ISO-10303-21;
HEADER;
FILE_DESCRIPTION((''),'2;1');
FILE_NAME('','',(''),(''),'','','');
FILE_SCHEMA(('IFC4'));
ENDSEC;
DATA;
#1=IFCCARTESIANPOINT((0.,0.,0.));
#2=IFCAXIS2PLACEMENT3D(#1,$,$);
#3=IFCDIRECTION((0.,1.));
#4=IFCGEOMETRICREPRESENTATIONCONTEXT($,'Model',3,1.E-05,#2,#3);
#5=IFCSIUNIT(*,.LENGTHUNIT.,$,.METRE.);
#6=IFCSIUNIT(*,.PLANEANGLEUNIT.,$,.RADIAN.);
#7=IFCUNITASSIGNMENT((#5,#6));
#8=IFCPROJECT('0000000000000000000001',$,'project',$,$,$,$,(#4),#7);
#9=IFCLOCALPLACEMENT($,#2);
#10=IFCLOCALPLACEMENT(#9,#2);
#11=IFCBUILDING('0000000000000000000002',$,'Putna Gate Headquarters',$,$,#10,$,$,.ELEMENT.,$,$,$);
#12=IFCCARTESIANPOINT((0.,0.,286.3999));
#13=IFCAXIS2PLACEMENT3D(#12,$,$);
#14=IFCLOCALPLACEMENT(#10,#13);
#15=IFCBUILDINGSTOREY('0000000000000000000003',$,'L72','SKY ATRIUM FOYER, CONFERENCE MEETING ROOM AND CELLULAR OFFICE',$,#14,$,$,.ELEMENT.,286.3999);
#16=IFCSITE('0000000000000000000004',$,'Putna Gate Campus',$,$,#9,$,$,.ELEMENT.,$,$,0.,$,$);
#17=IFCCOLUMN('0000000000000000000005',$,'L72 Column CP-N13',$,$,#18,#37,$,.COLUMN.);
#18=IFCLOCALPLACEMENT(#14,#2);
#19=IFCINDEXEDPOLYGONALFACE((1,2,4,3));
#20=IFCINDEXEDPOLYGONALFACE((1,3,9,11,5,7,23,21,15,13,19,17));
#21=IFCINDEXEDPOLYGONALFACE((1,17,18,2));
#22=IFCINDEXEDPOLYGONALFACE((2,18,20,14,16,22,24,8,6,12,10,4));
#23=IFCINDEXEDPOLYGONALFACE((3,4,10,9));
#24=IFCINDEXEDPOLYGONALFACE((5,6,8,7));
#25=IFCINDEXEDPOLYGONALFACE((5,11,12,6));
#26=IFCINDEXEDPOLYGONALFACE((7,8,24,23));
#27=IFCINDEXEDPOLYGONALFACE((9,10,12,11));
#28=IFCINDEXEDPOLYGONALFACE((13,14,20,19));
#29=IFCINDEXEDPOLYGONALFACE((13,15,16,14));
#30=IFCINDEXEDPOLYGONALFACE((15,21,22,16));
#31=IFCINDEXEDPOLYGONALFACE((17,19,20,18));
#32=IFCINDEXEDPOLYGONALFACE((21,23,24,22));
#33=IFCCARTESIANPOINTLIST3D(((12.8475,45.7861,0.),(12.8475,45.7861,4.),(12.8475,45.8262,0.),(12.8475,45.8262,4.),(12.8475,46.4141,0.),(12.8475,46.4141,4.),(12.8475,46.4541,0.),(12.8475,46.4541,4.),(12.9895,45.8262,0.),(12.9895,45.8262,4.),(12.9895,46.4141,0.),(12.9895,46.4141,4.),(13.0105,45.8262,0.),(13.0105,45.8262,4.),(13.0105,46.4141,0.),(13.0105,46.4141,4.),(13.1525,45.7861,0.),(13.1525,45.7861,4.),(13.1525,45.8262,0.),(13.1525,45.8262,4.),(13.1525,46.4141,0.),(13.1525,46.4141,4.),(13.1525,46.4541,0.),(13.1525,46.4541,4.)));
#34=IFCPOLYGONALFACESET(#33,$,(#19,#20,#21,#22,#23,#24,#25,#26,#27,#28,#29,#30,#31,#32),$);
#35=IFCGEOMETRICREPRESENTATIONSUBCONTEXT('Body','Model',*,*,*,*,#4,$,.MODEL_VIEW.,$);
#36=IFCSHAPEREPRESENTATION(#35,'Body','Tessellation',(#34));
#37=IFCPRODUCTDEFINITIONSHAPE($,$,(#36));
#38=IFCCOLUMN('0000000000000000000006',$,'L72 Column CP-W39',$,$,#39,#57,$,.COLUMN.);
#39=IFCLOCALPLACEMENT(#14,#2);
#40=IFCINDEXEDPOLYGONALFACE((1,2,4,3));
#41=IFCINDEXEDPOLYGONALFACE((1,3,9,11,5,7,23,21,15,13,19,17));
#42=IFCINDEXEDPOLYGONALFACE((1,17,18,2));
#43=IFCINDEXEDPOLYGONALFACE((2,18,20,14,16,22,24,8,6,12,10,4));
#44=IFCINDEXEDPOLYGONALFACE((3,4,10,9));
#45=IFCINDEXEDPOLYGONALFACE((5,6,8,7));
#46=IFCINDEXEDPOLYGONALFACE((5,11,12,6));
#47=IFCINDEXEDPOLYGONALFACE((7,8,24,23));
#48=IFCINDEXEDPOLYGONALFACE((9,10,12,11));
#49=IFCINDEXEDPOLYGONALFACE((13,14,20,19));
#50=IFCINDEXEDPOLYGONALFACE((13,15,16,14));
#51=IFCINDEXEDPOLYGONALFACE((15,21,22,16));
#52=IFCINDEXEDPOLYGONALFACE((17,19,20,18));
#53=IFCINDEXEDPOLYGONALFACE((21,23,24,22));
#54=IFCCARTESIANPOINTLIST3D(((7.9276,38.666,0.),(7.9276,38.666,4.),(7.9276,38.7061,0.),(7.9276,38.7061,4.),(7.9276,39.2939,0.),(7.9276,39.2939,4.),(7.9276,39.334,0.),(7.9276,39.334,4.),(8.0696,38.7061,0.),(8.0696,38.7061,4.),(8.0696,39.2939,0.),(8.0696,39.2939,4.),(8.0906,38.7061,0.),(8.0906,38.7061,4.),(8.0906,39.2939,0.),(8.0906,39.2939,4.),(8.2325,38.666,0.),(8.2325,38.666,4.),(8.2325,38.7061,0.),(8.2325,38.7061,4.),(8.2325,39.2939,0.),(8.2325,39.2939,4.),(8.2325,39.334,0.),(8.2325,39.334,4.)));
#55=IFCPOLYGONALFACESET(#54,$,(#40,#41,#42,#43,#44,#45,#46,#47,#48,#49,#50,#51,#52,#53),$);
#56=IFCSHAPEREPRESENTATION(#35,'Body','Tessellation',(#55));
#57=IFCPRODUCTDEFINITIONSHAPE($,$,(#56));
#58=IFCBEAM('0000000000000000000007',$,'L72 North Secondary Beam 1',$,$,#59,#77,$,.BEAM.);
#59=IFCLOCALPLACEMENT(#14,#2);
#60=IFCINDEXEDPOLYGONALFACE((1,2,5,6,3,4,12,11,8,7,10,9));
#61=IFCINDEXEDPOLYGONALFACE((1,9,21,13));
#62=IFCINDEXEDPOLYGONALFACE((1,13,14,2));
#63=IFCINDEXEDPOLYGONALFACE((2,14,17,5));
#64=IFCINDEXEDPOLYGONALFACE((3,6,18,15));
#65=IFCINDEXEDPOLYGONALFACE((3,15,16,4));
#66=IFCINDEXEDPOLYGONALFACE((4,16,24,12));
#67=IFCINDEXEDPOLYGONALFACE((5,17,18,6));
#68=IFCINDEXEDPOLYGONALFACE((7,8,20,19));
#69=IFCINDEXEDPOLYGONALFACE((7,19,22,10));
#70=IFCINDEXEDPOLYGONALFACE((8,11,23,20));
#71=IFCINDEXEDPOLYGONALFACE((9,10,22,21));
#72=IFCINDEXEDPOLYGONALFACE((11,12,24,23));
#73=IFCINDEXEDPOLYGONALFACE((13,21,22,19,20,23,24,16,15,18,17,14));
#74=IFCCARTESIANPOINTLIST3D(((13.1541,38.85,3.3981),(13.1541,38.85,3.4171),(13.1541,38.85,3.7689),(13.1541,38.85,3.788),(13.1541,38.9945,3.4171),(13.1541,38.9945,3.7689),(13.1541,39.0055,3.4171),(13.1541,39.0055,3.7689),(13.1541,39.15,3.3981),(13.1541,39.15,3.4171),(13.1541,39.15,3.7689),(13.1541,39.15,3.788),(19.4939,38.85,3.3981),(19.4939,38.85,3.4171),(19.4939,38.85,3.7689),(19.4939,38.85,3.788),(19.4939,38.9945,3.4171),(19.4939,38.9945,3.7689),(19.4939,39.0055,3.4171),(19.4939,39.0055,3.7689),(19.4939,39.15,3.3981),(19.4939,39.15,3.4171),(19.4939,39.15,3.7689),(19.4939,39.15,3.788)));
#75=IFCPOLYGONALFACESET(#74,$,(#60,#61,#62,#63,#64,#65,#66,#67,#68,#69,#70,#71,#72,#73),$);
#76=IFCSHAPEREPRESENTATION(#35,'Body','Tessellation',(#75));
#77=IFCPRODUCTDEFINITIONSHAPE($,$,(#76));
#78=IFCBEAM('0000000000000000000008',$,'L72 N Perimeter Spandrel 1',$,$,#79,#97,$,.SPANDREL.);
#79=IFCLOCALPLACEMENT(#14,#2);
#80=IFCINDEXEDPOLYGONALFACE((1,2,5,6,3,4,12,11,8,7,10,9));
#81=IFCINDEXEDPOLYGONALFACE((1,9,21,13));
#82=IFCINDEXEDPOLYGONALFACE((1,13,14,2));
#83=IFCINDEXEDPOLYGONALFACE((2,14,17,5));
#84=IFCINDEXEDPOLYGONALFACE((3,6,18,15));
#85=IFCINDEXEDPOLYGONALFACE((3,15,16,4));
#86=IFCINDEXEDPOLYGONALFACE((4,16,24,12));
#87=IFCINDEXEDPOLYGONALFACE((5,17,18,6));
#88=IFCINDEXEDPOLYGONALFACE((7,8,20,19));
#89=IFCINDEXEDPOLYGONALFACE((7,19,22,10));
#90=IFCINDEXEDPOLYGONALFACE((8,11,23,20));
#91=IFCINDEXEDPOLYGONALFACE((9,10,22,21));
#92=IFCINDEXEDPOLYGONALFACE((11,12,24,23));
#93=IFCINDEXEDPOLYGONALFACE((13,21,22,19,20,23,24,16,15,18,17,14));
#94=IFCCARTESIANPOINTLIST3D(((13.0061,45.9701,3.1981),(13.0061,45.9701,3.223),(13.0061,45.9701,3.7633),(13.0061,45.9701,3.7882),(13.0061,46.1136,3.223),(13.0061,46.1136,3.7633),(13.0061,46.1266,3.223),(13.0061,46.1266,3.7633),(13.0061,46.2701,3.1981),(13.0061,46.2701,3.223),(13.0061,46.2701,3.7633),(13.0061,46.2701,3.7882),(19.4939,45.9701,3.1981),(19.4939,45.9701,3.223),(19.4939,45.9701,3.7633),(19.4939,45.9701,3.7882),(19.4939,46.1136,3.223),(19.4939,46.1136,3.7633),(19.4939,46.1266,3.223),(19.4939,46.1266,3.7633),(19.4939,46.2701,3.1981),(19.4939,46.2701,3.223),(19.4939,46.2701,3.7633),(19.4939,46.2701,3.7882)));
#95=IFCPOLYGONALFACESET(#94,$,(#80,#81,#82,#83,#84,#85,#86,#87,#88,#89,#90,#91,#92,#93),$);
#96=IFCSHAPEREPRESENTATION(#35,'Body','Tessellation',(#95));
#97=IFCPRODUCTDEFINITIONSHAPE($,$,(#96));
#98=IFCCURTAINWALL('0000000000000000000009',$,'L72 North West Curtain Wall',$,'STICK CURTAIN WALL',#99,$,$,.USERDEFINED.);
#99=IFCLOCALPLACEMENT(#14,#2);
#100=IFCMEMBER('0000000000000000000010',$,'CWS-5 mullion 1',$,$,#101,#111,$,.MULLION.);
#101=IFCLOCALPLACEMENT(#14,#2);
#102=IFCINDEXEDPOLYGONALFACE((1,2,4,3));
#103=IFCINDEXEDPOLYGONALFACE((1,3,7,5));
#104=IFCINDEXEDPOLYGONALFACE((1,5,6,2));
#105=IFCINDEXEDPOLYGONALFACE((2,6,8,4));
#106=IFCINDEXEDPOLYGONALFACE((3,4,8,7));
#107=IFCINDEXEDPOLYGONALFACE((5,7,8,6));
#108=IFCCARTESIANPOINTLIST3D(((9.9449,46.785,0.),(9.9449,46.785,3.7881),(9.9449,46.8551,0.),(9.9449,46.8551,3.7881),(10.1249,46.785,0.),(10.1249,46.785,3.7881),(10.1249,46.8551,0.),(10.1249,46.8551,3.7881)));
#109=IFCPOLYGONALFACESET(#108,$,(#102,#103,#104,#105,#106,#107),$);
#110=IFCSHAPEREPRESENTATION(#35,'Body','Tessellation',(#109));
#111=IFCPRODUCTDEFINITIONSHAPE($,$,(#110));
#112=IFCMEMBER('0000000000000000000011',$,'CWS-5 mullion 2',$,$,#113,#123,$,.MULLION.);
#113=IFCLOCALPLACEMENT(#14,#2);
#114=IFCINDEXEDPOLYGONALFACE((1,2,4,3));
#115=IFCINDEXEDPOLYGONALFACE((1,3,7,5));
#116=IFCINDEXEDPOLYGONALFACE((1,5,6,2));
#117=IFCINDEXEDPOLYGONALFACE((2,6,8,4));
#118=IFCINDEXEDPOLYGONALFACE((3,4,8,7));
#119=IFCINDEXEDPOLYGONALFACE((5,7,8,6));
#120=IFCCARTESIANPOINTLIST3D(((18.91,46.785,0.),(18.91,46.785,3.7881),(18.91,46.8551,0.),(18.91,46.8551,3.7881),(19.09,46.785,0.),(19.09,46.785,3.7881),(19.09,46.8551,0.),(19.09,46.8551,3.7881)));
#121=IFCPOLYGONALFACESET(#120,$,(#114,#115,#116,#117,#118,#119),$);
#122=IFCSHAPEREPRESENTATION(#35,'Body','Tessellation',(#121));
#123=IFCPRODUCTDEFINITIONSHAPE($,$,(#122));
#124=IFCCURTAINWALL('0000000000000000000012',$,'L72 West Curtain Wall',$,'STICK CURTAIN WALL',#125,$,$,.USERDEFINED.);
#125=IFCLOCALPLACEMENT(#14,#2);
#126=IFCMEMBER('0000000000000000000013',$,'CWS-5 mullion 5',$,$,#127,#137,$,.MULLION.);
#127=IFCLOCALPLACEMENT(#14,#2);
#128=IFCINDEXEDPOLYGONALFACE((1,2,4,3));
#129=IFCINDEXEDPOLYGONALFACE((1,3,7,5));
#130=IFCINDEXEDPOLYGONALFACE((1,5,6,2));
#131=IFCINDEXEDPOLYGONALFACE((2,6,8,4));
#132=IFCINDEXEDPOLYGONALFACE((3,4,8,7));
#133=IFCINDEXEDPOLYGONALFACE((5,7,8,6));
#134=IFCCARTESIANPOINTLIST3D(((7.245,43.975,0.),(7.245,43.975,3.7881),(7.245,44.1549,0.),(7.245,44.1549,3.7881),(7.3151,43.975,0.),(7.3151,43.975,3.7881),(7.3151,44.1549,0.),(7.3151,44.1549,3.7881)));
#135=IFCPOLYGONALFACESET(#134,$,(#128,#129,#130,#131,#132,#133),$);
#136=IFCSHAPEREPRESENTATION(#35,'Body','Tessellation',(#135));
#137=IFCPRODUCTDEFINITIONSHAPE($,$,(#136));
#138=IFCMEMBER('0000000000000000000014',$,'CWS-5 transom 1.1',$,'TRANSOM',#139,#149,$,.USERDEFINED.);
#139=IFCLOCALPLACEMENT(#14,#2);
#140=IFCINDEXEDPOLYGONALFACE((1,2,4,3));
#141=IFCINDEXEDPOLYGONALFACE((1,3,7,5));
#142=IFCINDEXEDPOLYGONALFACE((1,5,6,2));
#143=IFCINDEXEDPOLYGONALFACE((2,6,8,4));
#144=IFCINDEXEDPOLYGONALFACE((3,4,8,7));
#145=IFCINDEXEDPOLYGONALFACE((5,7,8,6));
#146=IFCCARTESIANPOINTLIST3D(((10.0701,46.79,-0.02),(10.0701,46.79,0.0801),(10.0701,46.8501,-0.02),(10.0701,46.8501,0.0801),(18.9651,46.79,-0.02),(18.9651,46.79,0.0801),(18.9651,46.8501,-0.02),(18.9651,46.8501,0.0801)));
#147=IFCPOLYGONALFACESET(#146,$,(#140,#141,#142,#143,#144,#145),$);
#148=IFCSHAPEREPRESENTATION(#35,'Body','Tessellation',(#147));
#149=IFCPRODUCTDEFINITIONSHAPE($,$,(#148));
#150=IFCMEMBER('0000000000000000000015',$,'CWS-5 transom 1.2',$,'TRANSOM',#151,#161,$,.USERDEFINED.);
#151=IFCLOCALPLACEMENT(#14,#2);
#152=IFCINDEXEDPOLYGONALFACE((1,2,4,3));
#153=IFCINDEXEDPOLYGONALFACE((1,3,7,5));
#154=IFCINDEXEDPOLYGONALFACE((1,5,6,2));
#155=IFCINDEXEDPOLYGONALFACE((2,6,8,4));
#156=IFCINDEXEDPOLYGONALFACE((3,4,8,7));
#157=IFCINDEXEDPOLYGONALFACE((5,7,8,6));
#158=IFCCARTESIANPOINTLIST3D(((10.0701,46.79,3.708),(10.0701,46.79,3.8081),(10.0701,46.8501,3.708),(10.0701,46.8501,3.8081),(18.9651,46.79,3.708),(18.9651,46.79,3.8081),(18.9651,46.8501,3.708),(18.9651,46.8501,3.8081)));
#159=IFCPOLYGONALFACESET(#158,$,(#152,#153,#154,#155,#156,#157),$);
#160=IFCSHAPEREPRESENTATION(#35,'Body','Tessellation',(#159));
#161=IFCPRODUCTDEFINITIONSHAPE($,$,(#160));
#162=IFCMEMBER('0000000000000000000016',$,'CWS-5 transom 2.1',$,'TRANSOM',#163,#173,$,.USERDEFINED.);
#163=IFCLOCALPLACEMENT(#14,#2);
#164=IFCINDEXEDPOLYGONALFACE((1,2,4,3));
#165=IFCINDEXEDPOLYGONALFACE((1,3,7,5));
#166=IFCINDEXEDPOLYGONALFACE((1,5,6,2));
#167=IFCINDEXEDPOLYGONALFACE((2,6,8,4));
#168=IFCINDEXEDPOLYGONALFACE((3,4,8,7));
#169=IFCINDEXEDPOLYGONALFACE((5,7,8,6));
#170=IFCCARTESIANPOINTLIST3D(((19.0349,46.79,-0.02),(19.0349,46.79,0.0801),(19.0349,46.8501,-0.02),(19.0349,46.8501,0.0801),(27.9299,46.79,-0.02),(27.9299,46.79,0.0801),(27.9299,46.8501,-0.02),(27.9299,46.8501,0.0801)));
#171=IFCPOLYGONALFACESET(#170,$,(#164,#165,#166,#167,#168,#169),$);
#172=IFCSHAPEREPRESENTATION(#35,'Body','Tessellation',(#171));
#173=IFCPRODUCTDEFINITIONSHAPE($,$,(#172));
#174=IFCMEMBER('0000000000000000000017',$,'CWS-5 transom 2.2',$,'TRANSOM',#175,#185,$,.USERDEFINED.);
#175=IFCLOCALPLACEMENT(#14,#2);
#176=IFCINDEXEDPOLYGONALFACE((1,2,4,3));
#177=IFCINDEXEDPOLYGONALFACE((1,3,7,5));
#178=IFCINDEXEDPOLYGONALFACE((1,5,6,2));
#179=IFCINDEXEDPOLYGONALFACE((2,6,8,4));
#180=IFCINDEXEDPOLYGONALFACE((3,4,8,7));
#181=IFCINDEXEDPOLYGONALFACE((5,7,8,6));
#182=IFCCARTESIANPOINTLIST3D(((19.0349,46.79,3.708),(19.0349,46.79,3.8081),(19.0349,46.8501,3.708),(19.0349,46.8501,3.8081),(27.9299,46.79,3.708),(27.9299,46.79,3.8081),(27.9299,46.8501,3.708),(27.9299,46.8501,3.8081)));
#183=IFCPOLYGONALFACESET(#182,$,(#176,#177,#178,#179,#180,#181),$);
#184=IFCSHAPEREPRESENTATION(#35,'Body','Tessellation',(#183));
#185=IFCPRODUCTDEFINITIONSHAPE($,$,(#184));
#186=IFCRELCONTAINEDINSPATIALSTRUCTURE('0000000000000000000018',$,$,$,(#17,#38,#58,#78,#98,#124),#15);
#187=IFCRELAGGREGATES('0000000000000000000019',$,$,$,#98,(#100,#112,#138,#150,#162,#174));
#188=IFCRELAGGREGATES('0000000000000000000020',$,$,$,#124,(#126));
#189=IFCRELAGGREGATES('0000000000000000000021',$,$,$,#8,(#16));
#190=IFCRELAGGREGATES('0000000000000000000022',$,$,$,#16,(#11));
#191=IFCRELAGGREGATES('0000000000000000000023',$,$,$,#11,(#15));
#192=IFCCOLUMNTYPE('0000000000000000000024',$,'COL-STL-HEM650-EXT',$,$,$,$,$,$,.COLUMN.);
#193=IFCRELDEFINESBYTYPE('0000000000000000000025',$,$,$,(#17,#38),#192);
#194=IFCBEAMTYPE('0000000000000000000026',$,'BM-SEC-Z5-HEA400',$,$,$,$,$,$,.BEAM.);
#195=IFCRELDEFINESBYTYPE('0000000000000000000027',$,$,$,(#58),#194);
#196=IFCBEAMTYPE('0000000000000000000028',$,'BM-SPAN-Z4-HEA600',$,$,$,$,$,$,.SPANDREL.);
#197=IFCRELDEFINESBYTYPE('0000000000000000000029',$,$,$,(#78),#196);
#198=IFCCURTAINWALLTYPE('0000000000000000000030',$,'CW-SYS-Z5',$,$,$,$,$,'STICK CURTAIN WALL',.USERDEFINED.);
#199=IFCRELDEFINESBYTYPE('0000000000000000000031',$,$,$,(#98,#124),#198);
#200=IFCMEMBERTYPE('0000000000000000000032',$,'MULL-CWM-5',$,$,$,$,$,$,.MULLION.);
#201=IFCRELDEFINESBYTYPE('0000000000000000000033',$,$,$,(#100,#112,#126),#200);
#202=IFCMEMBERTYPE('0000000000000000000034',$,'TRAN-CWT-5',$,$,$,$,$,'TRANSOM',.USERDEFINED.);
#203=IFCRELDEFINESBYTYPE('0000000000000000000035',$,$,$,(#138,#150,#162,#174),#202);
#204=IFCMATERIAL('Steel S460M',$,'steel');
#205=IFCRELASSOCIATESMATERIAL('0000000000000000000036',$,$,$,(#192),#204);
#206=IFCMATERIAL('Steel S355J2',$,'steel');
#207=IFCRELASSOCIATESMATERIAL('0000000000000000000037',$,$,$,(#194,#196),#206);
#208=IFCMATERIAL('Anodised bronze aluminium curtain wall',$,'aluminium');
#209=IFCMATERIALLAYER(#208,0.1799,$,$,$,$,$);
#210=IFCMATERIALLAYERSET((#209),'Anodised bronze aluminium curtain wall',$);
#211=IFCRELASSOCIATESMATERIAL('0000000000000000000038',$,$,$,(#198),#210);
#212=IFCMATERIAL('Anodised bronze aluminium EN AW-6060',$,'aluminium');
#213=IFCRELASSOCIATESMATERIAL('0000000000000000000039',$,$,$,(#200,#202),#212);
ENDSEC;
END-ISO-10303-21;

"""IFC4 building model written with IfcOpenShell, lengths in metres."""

from ifc_helpers import new_model, si_unit, direction, frame, origin, origin_2d, place, context, subcontext, project, spatial, rectangle, i_section, extrude, material, layer, layer_set, material_profile, profile_set, type_object, element, aggregate, save


model = new_model("IFC4")

# Units and contexts
model_context = context("Model", 3, precision=1e-05, world=origin(), true_north=direction((0.0, 1.0)))
body_context = subcontext(model_context, "Body", "Model", "MODEL_VIEW")
ifc_project = project(units=[si_unit("LENGTHUNIT", "METRE"), si_unit("PLANEANGLEUNIT", "RADIAN")], contexts=[model_context])

# Site, building, storey
site_placement = place(None, origin())
site = spatial("IfcSite", under=ifc_project, at=site_placement, Name="Putna Gate Campus", CompositionType="ELEMENT", RefElevation=0.0)
building_placement = place(site_placement, origin())
building = spatial("IfcBuilding", under=site, at=building_placement, Name="Putna Gate Headquarters", CompositionType="ELEMENT")
storey_placement = place(building_placement, frame((0.0, 0.0, 286.3999)))
storey = spatial("IfcBuildingStorey", under=building, at=storey_placement, Name="L72", Description="SKY ATRIUM FOYER, CONFERENCE MEETING ROOM AND CELLULAR OFFICE", CompositionType="ELEMENT", Elevation=286.3999)

# Columns
ifc_material_1 = material(Name="Steel S460M", Category="steel")
ifc_material_profile_1 = material_profile(ifc_material_1, i_section(OverallWidth=0.3049, OverallDepth=0.668, WebThickness=0.021, FlangeThickness=0.04, at=origin_2d()), Name="Steel S460M")
ifc_profile_set_1 = profile_set([ifc_material_profile_1], Name="Steel S460M")
column_type = type_object("IfcColumnType", Name="COL-STL-HEM650-EXT", PredefinedType="COLUMN", material=ifc_profile_set_1)
for number, where, z_axis, x_axis, name in (
    (1, (13.0, 46.1201, 0.0), (0.0, 0.0, 1.0), (1.0, 0.0, 0.0), "L72 Column CP-N13"),
    (2, (8.0801, 39.0, 0.0), (0.0, 0.0, 1.0), (1.0, 0.0, 0.0), "L72 Column CP-W39"),
):
    element("IfcColumn", number, at=place(storey_placement, frame(where, z_axis=z_axis, x_axis=x_axis)), inside=storey, type_object=column_type, Name=name, PredefinedType="COLUMN", context=body_context, shape_type="SweptSolid", body=[
        extrude(i_section(OverallWidth=0.3049, OverallDepth=0.668, WebThickness=0.021, FlangeThickness=0.04, at=origin_2d()), origin(), (0.0, 0.0, 1.0), 4.0),
    ])

# Beams
ifc_material_2 = material(Name="Steel S355J2", Category="steel")
ifc_material_profile_2 = material_profile(ifc_material_2, i_section(OverallWidth=0.3, OverallDepth=0.3899, WebThickness=0.011, FlangeThickness=0.019, at=origin_2d()), Name="Steel S355J2")
ifc_profile_set_2 = profile_set([ifc_material_profile_2], Name="Steel S355J2")
beam_type_1 = type_object("IfcBeamType", Name="BM-SEC-Z5-HEA400", PredefinedType="BEAM", material=ifc_profile_set_2)
beam_1_placement = place(storey_placement, frame((13.1541, 39.0, 3.593), z_axis=(1.0, 0.0, 0.0), x_axis=(0.0, 1.0, 0.0)))
element("IfcBeam", 3, at=beam_1_placement, inside=storey, type_object=beam_type_1, Name="L72 North Secondary Beam 1", PredefinedType="BEAM", context=body_context, shape_type="SweptSolid", body=[
    extrude(i_section(OverallWidth=0.3, OverallDepth=0.3899, WebThickness=0.011, FlangeThickness=0.019, at=origin_2d()), origin(), (0.0, 0.0, 1.0), 6.3398),
])
ifc_material_profile_3 = material_profile(ifc_material_2, i_section(OverallWidth=0.3, OverallDepth=0.5901, WebThickness=0.0129, FlangeThickness=0.0249, at=origin_2d()), Name="Steel S355J2")
ifc_profile_set_3 = profile_set([ifc_material_profile_3], Name="Steel S355J2")
beam_type_2 = type_object("IfcBeamType", Name="BM-SPAN-Z4-HEA600", PredefinedType="SPANDREL", material=ifc_profile_set_3)
beam_2_placement = place(storey_placement, frame((13.0061, 46.1201, 3.4932), z_axis=(1.0, 0.0, 0.0), x_axis=(0.0, 1.0, 0.0)))
element("IfcBeam", 4, at=beam_2_placement, inside=storey, type_object=beam_type_2, Name="L72 N Perimeter Spandrel 1", PredefinedType="SPANDREL", context=body_context, shape_type="SweptSolid", body=[
    extrude(i_section(OverallWidth=0.3, OverallDepth=0.5901, WebThickness=0.0129, FlangeThickness=0.0249, at=origin_2d()), origin(), (0.0, 0.0, 1.0), 6.4878),
])

# Curtain wall, members
ifc_material_3 = material(Name="Anodised bronze aluminium curtain wall", Category="aluminium")
ifc_layer_1 = layer(ifc_material_3, 0.1799)
ifc_layer_set_1 = layer_set([ifc_layer_1], Name="Anodised bronze aluminium curtain wall")
curtain_wall_type = type_object("IfcCurtainWallType", Name="CW-SYS-Z5", ElementType="STICK CURTAIN WALL", PredefinedType="USERDEFINED", material=ifc_layer_set_1)
curtain_wall_1_placement = place(storey_placement, origin())
curtain_wall_1 = element("IfcCurtainWall", 5, at=curtain_wall_1_placement, inside=storey, type_object=curtain_wall_type, Name="L72 North West Curtain Wall", ObjectType="STICK CURTAIN WALL", PredefinedType="USERDEFINED")
ifc_material_4 = material(Name="Anodised bronze aluminium EN AW-6060", Category="aluminium")
ifc_material_profile_4 = material_profile(ifc_material_4, rectangle(XDim=0.0701, YDim=0.1799, at=origin_2d()), Name="Anodised bronze aluminium EN AW-6060")
ifc_profile_set_4 = profile_set([ifc_material_profile_4], Name="Anodised bronze aluminium EN AW-6060")
member_type_1 = type_object("IfcMemberType", Name="MULL-CWM-5", PredefinedType="MULLION", material=ifc_profile_set_4)
member_1_placement = place(storey_placement, frame((10.0349, 46.8201, 0.0), z_axis=(0.0, 0.0, 1.0), x_axis=(0.0, 1.0, 0.0)))
member_1 = element("IfcMember", 6, at=member_1_placement, type_object=member_type_1, Name="CWS-5 mullion 1", PredefinedType="MULLION", context=body_context, shape_type="SweptSolid", body=[
    extrude(rectangle(XDim=0.0701, YDim=0.1799, at=origin_2d()), origin(), (0.0, 0.0, 1.0), 3.7881),
])
member_2_placement = place(storey_placement, frame((19.0, 46.8201, 0.0), z_axis=(0.0, 0.0, 1.0), x_axis=(0.0, 1.0, 0.0)))
member_2 = element("IfcMember", 7, at=member_2_placement, type_object=member_type_1, Name="CWS-5 mullion 2", PredefinedType="MULLION", context=body_context, shape_type="SweptSolid", body=[
    extrude(rectangle(XDim=0.0701, YDim=0.1799, at=origin_2d()), origin(), (0.0, 0.0, 1.0), 3.7881),
])

# Curtain wall, member
curtain_wall_2_placement = place(storey_placement, origin())
curtain_wall_2 = element("IfcCurtainWall", 8, at=curtain_wall_2_placement, inside=storey, type_object=curtain_wall_type, Name="L72 West Curtain Wall", ObjectType="STICK CURTAIN WALL", PredefinedType="USERDEFINED")
member_3_placement = place(storey_placement, frame((7.28, 44.0649, 0.0), z_axis=(0.0, 0.0, 1.0), x_axis=(-1.0, 0.0, 0.0)))
member_3 = element("IfcMember", 9, at=member_3_placement, type_object=member_type_1, Name="CWS-5 mullion 5", PredefinedType="MULLION", context=body_context, shape_type="SweptSolid", body=[
    extrude(rectangle(XDim=0.0701, YDim=0.1799, at=origin_2d()), origin(), (0.0, 0.0, 1.0), 3.7881),
])

# Members
ifc_material_profile_5 = material_profile(ifc_material_4, rectangle(XDim=0.0601, YDim=0.1001, at=origin_2d()), Name="Anodised bronze aluminium EN AW-6060")
ifc_profile_set_5 = profile_set([ifc_material_profile_5], Name="Anodised bronze aluminium EN AW-6060")
member_type_2 = type_object("IfcMemberType", Name="TRAN-CWT-5", ElementType="TRANSOM", PredefinedType="USERDEFINED", material=ifc_profile_set_5)
member_4_placement = place(storey_placement, frame((10.0701, 46.8201, 0.03), z_axis=(1.0, 0.0, 0.0), x_axis=(0.0, 1.0, 0.0)))
member_4 = element("IfcMember", 10, at=member_4_placement, type_object=member_type_2, Name="CWS-5 transom 1.1", ObjectType="TRANSOM", PredefinedType="USERDEFINED", context=body_context, shape_type="SweptSolid", body=[
    extrude(rectangle(XDim=0.0601, YDim=0.1001, at=origin_2d()), origin(), (0.0, 0.0, 1.0), 8.895),
])
member_5_placement = place(storey_placement, frame((10.0701, 46.8201, 3.7581), z_axis=(1.0, 0.0, 0.0), x_axis=(0.0, 1.0, 0.0)))
member_5 = element("IfcMember", 11, at=member_5_placement, type_object=member_type_2, Name="CWS-5 transom 1.2", ObjectType="TRANSOM", PredefinedType="USERDEFINED", context=body_context, shape_type="SweptSolid", body=[
    extrude(rectangle(XDim=0.0601, YDim=0.1001, at=origin_2d()), origin(), (0.0, 0.0, 1.0), 8.895),
])
member_6_placement = place(storey_placement, frame((19.0349, 46.8201, 0.03), z_axis=(1.0, 0.0, 0.0), x_axis=(0.0, 1.0, 0.0)))
member_6 = element("IfcMember", 12, at=member_6_placement, type_object=member_type_2, Name="CWS-5 transom 2.1", ObjectType="TRANSOM", PredefinedType="USERDEFINED", context=body_context, shape_type="SweptSolid", body=[
    extrude(rectangle(XDim=0.0601, YDim=0.1001, at=origin_2d()), origin(), (0.0, 0.0, 1.0), 8.895),
])
member_7_placement = place(storey_placement, frame((19.0349, 46.8201, 3.7581), z_axis=(1.0, 0.0, 0.0), x_axis=(0.0, 1.0, 0.0)))
member_7 = element("IfcMember", 13, at=member_7_placement, type_object=member_type_2, Name="CWS-5 transom 2.2", ObjectType="TRANSOM", PredefinedType="USERDEFINED", context=body_context, shape_type="SweptSolid", body=[
    extrude(rectangle(XDim=0.0601, YDim=0.1001, at=origin_2d()), origin(), (0.0, 0.0, 1.0), 8.895),
])

aggregate(curtain_wall_1, [member_1, member_2, member_4, member_5, member_6, member_7])
aggregate(curtain_wall_2, [member_3])

save(model, "model.ifc")
